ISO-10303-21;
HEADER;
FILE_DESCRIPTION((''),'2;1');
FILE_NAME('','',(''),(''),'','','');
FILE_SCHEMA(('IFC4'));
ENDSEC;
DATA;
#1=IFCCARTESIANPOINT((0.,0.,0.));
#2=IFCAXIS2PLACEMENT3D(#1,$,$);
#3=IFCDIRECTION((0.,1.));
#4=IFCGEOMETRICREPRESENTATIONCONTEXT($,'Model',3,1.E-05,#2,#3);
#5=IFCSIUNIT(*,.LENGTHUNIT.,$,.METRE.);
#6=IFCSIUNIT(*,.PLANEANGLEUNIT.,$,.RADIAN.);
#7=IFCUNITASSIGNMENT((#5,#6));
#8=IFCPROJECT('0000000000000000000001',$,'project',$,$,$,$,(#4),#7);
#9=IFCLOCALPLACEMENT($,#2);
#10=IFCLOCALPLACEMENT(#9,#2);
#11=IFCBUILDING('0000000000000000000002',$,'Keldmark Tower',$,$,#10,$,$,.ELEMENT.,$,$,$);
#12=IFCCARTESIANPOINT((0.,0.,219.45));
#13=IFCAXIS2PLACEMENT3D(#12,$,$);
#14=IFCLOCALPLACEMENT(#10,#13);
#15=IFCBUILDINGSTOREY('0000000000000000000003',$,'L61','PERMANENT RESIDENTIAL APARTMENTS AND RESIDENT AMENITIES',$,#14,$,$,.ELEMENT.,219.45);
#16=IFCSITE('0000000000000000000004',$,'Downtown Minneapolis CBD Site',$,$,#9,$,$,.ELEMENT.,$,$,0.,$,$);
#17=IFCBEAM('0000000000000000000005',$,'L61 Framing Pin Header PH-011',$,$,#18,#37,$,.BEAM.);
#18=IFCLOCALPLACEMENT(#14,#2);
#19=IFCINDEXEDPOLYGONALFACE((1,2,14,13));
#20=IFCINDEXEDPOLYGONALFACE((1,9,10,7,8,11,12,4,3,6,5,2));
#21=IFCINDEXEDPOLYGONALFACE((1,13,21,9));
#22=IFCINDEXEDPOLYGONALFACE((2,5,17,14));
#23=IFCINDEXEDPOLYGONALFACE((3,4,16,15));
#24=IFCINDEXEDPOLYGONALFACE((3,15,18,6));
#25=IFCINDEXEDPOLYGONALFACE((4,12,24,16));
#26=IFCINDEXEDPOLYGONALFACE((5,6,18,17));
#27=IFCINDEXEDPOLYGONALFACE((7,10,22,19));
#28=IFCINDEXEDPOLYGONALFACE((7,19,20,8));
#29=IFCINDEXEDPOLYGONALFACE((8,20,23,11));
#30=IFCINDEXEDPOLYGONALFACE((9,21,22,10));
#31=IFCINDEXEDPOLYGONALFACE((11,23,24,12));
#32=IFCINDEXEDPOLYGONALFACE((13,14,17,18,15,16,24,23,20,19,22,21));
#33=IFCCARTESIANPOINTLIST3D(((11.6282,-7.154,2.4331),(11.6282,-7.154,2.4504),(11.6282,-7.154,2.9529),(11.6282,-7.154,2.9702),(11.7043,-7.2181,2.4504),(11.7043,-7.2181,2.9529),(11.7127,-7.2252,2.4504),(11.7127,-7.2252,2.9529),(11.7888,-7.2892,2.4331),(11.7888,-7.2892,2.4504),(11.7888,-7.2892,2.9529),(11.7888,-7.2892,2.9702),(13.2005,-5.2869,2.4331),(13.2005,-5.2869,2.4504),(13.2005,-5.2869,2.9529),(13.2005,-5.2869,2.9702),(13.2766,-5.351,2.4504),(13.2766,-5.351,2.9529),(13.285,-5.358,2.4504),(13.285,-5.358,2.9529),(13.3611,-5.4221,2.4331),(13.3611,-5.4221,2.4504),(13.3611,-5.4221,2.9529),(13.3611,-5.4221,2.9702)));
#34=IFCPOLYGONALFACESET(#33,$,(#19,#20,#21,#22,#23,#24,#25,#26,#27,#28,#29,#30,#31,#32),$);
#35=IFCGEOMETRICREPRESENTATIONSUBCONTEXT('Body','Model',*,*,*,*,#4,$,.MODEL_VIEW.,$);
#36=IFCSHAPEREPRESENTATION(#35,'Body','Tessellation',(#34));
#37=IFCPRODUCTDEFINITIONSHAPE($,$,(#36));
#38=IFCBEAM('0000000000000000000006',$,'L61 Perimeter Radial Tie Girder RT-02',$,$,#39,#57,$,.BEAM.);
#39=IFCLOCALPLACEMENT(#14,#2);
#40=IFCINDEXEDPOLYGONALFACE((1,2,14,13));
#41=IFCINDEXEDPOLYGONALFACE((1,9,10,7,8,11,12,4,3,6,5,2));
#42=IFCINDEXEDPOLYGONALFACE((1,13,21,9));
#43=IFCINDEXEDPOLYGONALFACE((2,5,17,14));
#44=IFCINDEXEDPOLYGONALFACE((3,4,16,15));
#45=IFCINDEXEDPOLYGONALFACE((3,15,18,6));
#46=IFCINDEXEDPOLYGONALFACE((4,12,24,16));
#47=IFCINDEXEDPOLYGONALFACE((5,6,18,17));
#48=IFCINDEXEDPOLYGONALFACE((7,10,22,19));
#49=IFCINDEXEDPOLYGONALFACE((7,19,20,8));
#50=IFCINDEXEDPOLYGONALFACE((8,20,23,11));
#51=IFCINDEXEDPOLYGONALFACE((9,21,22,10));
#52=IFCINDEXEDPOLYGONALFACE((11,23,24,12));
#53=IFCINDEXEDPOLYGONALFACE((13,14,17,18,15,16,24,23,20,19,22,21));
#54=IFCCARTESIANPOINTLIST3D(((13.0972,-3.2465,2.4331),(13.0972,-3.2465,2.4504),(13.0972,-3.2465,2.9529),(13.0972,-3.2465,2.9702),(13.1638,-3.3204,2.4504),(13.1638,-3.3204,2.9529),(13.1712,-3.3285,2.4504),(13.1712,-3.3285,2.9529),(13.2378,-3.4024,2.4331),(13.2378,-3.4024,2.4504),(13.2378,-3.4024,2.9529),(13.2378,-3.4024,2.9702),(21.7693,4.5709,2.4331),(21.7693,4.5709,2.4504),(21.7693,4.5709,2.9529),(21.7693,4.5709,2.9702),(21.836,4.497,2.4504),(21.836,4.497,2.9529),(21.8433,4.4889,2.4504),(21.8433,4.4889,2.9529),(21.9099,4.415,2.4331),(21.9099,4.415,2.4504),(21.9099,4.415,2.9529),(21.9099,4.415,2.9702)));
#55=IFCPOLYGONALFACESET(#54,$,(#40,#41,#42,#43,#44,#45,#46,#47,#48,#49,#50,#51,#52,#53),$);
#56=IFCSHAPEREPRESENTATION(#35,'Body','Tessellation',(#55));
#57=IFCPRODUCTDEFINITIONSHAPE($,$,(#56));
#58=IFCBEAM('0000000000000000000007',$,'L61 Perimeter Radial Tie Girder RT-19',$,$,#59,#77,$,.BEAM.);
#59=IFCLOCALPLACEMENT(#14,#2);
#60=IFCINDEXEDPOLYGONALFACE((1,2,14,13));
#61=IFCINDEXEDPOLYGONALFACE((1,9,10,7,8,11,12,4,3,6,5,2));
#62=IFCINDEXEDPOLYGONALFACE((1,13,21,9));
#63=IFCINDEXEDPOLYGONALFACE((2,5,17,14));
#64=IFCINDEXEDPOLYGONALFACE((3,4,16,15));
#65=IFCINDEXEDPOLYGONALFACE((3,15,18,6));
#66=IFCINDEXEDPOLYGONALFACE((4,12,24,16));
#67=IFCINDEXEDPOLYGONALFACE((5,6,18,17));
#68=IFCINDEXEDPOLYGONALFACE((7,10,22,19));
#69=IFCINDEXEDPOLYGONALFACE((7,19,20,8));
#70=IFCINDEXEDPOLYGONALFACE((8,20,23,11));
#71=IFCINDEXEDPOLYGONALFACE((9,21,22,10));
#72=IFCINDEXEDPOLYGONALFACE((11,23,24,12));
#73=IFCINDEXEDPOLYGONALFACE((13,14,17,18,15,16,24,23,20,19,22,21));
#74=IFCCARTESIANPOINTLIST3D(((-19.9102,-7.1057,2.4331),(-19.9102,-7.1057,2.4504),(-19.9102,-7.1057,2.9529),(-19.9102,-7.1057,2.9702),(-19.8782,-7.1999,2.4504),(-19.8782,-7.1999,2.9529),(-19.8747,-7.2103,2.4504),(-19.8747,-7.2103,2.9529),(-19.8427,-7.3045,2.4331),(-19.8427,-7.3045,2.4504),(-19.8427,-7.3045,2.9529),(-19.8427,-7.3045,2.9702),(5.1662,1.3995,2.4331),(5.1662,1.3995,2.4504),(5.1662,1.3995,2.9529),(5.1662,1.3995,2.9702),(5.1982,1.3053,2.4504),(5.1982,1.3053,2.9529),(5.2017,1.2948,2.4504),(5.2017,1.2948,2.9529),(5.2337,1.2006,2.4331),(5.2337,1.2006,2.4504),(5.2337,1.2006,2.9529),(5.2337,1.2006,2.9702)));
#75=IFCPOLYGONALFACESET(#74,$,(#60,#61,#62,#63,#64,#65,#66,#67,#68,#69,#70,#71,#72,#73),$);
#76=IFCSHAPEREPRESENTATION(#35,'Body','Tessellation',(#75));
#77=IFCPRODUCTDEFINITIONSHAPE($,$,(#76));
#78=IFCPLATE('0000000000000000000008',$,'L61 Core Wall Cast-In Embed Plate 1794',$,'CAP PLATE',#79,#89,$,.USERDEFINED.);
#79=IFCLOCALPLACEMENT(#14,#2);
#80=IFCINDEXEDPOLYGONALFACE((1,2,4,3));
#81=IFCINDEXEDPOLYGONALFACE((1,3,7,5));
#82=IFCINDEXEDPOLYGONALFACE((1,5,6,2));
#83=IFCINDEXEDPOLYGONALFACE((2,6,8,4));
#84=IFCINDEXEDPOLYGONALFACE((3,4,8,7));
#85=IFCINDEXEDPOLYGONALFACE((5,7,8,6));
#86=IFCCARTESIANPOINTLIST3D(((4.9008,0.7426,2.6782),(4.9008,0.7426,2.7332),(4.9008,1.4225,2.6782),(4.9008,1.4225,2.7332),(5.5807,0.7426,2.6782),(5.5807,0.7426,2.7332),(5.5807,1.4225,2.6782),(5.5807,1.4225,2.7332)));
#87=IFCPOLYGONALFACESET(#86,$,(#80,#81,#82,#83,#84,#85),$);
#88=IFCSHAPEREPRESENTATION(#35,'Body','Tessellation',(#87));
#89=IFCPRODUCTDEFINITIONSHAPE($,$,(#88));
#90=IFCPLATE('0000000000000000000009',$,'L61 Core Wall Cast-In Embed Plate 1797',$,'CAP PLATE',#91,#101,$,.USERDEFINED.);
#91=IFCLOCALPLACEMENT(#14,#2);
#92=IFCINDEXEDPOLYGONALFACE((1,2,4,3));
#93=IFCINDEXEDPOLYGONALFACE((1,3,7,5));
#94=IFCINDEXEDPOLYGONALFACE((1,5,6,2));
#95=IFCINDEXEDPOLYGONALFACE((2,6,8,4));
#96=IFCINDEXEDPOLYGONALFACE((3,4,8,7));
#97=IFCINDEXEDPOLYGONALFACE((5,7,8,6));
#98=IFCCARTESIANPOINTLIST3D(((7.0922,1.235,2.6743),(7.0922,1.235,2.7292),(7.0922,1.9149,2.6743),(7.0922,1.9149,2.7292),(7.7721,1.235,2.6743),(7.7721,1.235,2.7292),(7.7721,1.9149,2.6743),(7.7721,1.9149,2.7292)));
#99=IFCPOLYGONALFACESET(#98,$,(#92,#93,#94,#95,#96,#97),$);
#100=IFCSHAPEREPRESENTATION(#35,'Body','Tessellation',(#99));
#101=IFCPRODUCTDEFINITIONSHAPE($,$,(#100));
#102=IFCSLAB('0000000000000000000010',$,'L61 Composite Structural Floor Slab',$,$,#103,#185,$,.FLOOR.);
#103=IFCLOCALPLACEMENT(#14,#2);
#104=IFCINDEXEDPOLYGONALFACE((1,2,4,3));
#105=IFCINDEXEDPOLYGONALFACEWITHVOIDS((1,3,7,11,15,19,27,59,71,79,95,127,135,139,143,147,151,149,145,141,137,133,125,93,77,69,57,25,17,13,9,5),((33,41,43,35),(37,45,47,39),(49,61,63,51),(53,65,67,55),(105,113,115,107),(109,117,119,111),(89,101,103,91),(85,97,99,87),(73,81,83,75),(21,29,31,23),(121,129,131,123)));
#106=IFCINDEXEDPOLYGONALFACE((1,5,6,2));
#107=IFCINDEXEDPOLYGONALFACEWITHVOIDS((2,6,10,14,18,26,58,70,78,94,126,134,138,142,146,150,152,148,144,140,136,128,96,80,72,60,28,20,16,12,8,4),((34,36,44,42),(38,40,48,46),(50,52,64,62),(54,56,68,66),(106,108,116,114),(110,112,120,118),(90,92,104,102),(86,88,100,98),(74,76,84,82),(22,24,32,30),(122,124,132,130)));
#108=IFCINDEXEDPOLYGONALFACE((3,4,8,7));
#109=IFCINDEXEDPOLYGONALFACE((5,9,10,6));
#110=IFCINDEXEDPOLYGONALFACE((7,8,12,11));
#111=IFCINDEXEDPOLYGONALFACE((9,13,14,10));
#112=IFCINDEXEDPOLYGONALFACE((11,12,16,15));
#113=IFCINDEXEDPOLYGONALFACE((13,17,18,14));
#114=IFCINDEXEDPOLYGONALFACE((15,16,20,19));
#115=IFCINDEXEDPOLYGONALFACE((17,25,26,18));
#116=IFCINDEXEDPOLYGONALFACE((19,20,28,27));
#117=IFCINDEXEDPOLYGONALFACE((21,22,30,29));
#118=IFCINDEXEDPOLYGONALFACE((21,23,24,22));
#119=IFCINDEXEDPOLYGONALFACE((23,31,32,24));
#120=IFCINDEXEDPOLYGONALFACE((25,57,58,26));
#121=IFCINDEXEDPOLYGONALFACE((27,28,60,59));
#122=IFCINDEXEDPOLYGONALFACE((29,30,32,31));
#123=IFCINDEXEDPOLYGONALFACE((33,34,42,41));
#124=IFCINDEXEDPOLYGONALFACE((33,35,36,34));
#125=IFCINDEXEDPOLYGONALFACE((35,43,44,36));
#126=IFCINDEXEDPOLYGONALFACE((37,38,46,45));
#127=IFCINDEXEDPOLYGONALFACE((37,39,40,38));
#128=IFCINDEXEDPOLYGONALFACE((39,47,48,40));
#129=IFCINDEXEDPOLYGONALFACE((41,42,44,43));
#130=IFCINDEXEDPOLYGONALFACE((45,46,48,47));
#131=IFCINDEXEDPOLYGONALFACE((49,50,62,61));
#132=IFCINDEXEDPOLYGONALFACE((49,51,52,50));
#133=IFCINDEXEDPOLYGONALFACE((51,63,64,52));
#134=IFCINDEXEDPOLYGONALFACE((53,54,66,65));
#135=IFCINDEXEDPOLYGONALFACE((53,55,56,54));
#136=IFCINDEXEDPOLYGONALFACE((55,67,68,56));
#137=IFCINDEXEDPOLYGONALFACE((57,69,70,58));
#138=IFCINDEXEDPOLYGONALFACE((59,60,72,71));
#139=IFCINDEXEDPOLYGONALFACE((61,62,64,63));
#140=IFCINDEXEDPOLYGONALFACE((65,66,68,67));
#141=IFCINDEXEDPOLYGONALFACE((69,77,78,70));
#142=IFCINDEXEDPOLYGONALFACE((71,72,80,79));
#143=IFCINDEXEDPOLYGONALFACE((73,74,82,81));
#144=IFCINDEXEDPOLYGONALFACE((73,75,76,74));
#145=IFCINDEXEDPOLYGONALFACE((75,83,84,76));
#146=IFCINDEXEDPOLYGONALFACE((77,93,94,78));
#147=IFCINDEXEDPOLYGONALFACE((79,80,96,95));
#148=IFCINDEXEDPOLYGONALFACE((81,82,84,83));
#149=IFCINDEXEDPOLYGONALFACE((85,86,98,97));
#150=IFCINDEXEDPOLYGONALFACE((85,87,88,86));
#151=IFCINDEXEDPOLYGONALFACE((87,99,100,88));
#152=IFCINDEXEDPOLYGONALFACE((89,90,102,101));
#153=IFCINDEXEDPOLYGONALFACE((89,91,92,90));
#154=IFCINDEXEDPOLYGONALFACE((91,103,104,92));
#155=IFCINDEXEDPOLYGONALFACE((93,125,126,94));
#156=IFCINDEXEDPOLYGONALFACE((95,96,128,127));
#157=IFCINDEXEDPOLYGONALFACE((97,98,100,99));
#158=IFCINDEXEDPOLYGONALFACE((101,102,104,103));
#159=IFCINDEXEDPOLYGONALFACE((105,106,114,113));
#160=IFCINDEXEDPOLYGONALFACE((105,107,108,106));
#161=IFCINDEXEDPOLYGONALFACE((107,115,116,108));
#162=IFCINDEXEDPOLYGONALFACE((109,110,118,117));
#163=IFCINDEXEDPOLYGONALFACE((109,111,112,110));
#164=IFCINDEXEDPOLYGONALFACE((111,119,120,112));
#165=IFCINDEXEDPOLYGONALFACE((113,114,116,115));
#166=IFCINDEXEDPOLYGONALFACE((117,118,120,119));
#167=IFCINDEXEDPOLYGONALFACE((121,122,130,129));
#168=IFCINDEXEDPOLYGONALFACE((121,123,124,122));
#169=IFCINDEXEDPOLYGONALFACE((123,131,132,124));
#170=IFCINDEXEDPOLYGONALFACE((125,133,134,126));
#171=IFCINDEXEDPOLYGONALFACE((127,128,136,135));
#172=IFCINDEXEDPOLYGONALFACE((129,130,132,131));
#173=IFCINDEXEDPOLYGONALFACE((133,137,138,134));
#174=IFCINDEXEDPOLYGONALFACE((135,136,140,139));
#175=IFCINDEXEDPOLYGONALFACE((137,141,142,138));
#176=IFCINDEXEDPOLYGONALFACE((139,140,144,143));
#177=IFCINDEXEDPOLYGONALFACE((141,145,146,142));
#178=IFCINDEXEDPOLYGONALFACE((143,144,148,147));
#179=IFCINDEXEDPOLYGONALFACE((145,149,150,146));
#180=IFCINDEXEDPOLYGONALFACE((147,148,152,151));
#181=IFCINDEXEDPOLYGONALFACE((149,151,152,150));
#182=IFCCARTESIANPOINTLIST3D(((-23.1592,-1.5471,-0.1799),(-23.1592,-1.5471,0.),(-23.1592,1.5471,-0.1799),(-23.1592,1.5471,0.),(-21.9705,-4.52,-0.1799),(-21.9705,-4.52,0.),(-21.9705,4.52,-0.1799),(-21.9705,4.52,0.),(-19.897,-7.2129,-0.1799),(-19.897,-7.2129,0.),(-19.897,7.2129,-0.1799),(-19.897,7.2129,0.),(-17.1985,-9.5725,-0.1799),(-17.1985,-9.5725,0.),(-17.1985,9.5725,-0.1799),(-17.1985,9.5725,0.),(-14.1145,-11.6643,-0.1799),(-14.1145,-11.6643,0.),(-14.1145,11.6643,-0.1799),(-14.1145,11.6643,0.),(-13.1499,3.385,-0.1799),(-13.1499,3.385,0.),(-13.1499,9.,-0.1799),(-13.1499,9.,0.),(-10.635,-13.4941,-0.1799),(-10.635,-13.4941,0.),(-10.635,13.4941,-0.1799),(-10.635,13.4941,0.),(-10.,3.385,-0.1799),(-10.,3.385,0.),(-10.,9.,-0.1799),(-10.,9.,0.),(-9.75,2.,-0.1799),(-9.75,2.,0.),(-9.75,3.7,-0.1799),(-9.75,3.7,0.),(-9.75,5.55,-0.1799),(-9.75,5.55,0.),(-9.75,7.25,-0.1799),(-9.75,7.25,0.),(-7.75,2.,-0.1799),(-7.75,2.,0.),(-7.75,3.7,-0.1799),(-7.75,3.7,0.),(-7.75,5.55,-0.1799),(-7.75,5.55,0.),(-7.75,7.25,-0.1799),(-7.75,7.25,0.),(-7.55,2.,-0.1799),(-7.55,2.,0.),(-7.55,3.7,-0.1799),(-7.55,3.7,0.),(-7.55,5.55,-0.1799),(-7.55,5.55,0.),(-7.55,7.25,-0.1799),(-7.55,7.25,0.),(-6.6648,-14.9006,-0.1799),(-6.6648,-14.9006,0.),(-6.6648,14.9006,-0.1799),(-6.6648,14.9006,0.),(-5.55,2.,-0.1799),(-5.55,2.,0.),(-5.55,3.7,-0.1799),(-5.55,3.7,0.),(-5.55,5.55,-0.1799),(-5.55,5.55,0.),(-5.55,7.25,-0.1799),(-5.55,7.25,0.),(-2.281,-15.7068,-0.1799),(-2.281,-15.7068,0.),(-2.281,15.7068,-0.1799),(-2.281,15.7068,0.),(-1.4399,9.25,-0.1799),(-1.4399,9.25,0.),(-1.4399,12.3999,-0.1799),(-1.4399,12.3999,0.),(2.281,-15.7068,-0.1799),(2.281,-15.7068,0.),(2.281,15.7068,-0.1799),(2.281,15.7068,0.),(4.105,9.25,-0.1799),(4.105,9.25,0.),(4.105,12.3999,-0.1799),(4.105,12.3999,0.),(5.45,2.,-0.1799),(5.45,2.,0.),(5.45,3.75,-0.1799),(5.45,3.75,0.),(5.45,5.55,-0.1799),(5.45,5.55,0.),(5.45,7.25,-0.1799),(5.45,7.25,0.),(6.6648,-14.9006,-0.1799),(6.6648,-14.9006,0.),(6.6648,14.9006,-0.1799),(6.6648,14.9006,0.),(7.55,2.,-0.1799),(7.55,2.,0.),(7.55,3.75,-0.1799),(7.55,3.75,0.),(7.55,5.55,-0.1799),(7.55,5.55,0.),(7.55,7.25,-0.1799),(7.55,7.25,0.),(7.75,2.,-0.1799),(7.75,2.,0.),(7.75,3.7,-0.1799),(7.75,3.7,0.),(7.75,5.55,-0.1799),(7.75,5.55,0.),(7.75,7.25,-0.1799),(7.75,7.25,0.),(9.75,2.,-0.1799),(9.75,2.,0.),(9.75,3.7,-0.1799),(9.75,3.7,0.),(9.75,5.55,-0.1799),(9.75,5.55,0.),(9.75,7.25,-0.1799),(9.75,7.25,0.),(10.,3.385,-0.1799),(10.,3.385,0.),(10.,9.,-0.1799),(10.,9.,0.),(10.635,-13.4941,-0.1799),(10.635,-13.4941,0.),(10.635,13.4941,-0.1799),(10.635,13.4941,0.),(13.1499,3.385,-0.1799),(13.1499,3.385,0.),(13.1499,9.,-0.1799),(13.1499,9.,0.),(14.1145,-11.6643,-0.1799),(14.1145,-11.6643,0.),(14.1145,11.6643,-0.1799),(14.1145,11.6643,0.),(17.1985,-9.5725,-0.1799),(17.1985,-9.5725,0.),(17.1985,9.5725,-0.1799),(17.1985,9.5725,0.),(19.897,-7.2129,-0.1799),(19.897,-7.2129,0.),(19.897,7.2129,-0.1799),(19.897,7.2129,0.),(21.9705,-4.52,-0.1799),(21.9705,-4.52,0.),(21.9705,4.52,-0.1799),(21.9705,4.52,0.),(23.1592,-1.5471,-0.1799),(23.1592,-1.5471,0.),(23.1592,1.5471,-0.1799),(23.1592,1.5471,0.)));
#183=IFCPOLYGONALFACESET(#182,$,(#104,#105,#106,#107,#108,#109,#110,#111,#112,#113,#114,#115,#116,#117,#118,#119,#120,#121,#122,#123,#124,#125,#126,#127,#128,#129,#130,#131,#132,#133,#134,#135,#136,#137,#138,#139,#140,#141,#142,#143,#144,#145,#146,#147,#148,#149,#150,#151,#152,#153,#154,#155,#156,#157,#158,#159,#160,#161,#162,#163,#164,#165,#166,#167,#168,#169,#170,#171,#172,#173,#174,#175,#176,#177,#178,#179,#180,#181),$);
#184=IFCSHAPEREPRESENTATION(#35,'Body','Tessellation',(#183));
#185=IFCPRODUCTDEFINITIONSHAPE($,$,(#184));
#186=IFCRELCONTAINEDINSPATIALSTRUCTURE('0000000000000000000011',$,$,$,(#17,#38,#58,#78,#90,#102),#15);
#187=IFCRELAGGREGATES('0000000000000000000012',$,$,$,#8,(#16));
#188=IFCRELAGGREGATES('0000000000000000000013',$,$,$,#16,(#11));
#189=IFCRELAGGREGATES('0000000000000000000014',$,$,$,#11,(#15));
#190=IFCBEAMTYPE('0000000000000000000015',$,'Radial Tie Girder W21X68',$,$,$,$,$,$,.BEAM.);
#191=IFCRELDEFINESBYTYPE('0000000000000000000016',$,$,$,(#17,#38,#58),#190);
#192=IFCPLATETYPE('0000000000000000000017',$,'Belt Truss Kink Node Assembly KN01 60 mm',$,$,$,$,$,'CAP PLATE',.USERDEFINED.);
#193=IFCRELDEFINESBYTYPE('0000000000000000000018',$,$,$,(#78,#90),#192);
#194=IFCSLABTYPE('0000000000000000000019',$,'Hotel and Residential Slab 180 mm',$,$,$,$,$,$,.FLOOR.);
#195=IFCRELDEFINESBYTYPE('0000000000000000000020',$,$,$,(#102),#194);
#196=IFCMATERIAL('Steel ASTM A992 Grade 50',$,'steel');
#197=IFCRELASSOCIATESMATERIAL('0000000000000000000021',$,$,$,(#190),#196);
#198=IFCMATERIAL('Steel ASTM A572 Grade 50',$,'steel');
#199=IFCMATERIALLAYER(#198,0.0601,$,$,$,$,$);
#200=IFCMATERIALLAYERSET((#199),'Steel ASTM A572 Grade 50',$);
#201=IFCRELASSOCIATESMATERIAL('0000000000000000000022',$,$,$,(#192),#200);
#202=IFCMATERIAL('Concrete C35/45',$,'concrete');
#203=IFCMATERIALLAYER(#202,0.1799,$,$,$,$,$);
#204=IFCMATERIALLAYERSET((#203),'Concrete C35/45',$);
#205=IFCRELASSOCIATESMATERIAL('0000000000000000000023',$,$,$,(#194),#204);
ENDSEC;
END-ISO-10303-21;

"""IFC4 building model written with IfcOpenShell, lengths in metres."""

from ifc_helpers import new_model, si_unit, direction, frame, origin, origin_2d, place, context, subcontext, project, spatial, polyline, rectangle, i_section, outline, extrude, material, layer, layer_set, material_profile, profile_set, type_object, element, save


model = new_model("IFC4")

# Units and contexts
model_context = context("Model", 3, precision=1e-05, world=origin(), true_north=direction((0.0, 1.0)))
body_context = subcontext(model_context, "Body", "Model", "MODEL_VIEW")
ifc_project = project(units=[si_unit("LENGTHUNIT", "METRE"), si_unit("PLANEANGLEUNIT", "RADIAN")], contexts=[model_context])

# Site, building, storey
site_placement = place(None, origin())
site = spatial("IfcSite", under=ifc_project, at=site_placement, Name="Downtown Minneapolis CBD Site", CompositionType="ELEMENT", RefElevation=0.0)
building_placement = place(site_placement, origin())
building = spatial("IfcBuilding", under=site, at=building_placement, Name="Keldmark Tower", CompositionType="ELEMENT")
storey_placement = place(building_placement, frame((0.0, 0.0, 219.45)))
storey = spatial("IfcBuildingStorey", under=building, at=storey_placement, Name="L61", Description="PERMANENT RESIDENTIAL APARTMENTS AND RESIDENT AMENITIES", CompositionType="ELEMENT", Elevation=219.45)

# Beams
ifc_material_1 = material(Name="Steel ASTM A992 Grade 50", Category="steel")
ifc_material_profile_1 = material_profile(ifc_material_1, i_section(OverallWidth=0.21, OverallDepth=0.5371, WebThickness=0.011, FlangeThickness=0.0173, at=origin_2d()), Name="W21X68")
ifc_profile_set_1 = profile_set([ifc_material_profile_1], Name="Steel ASTM A992 Grade 50")
beam_type_1 = type_object("IfcBeamType", Name="Radial Tie Girder W21X68", PredefinedType="BEAM", material=ifc_profile_set_1)
beam_1_placement = place(storey_placement, frame((13.2808, -5.3545, 2.7017), z_axis=(-0.644111, -0.764932, 0.0), x_axis=(0.764932, -0.644111, 0.0)))
element("IfcBeam", 1, at=beam_1_placement, inside=storey, type_object=beam_type_1, Name="L61 Framing Pin Header PH-011", PredefinedType="BEAM", context=body_context, shape_type="SweptSolid", body=[
    extrude(i_section(OverallWidth=0.21, OverallDepth=0.5371, WebThickness=0.011, FlangeThickness=0.0173, at=origin_2d()), origin(), (0.0, 0.0, 1.0), 2.4409),
])
beam_2_placement = place(storey_placement, frame((13.1675, -3.3245, 2.7017), z_axis=(0.742763, 0.669555, 0.0), x_axis=(-0.669555, 0.742763, 0.0)))
element("IfcBeam", 2, at=beam_2_placement, inside=storey, type_object=beam_type_1, Name="L61 Perimeter Radial Tie Girder RT-02", PredefinedType="BEAM", context=body_context, shape_type="SweptSolid", body=[
    extrude(i_section(OverallWidth=0.21, OverallDepth=0.5371, WebThickness=0.011, FlangeThickness=0.0173, at=origin_2d()), origin(), (0.0, 0.0, 1.0), 11.6755),
])
beam_3_placement = place(storey_placement, frame((5.2, 1.3, 2.7017), z_axis=(-0.947013, -0.321197, 0.0), x_axis=(0.321197, -0.947013, 0.0)))
element("IfcBeam", 3, at=beam_3_placement, inside=storey, type_object=beam_type_1, Name="L61 Perimeter Radial Tie Girder RT-19", PredefinedType="BEAM", context=body_context, shape_type="SweptSolid", body=[
    extrude(i_section(OverallWidth=0.21, OverallDepth=0.5371, WebThickness=0.011, FlangeThickness=0.0173, at=origin_2d()), origin(), (0.0, 0.0, 1.0), 26.4795),
])

# Plates
ifc_material_2 = material(Name="Steel ASTM A572 Grade 50", Category="steel")
ifc_layer_1 = layer(ifc_material_2, 0.0601)
ifc_layer_set_1 = layer_set([ifc_layer_1], Name="Steel ASTM A572 Grade 50")
plate_type = type_object("IfcPlateType", Name="Belt Truss Kink Node Assembly KN01 60 mm", ElementType="CAP PLATE", PredefinedType="USERDEFINED", material=ifc_layer_set_1)
for number, where, z_axis, x_axis, name in (
    (4, (5.2407, 1.0825, 2.6782), (0.0, 0.0, 1.0), (1.0, 0.0, 0.0), "L61 Core Wall Cast-In Embed Plate 1794"),
    (5, (7.4321, 1.575, 2.6743), (0.0, 0.0, 1.0), (1.0, 0.0, 0.0), "L61 Core Wall Cast-In Embed Plate 1797"),
):
    element("IfcPlate", number, at=place(storey_placement, frame(where, z_axis=z_axis, x_axis=x_axis)), inside=storey, type_object=plate_type, Name=name, ObjectType="CAP PLATE", PredefinedType="USERDEFINED", context=body_context, shape_type="SweptSolid", body=[
        extrude(rectangle(XDim=0.6799, YDim=0.6799, at=origin_2d()), origin(), (0.0, 0.0, 1.0), 0.0549),
    ])

# Slab
ifc_material_3 = material(Name="Concrete C35/45", Category="concrete")
ifc_layer_2 = layer(ifc_material_3, 0.1799)
ifc_layer_set_2 = layer_set([ifc_layer_2], Name="Concrete C35/45")
slab_type_1 = type_object("IfcSlabType", Name="Hotel and Residential Slab 180 mm", PredefinedType="FLOOR", material=ifc_layer_set_2)
slab_1_placement = place(storey_placement, frame((0.0, 0.0, -0.1799)))
element("IfcSlab", 6, at=slab_1_placement, inside=storey, type_object=slab_type_1, Name="L61 Composite Structural Floor Slab", PredefinedType="FLOOR", context=body_context, shape_type="SweptSolid", body=[
    extrude(outline(polyline([(23.1592, 1.5471), (21.9705, 4.52), (19.897, 7.2129), (17.1985, 9.5725), (14.1145, 11.6643), (10.635, 13.4941), (6.6648, 14.9006), (2.281, 15.7068), (-2.281, 15.7068), (-6.6648, 14.9006), (-10.635, 13.4941), (-14.1145, 11.6643), (-17.1985, 9.5725), (-19.897, 7.2129), (-21.9705, 4.52), (-23.1592, 1.5471), (-23.1592, -1.5471), (-21.9705, -4.52), (-19.897, -7.2129), (-17.1985, -9.5725), (-14.1145, -11.6643), (-10.635, -13.4941), (-6.6648, -14.9006), (-2.281, -15.7068), (2.281, -15.7068), (6.6648, -14.9006), (10.635, -13.4941), (14.1145, -11.6643), (17.1985, -9.5725), (19.897, -7.2129), (21.9705, -4.52), (23.1592, -1.5471), (23.1592, 1.5471)]), holes=[polyline([(-10.0, 3.385), (-10.0, 9.0), (-13.1499, 9.0), (-13.1499, 3.385), (-10.0, 3.385)]), polyline([(13.1499, 3.385), (13.1499, 9.0), (10.0, 9.0), (10.0, 3.385), (13.1499, 3.385)]), polyline([(-1.4399, 9.25), (4.105, 9.25), (4.105, 12.3999), (-1.4399, 12.3999), (-1.4399, 9.25)]), polyline([(-9.75, 2.0), (-7.75, 2.0), (-7.75, 3.7), (-9.75, 3.7), (-9.75, 2.0)]), polyline([(7.75, 2.0), (9.75, 2.0), (9.75, 3.7), (7.75, 3.7), (7.75, 2.0)]), polyline([(5.45, 2.0), (7.55, 2.0), (7.55, 3.75), (5.45, 3.75), (5.45, 2.0)]), polyline([(-9.75, 5.55), (-7.75, 5.55), (-7.75, 7.25), (-9.75, 7.25), (-9.75, 5.55)]), polyline([(-7.55, 5.55), (-5.55, 5.55), (-5.55, 7.25), (-7.55, 7.25), (-7.55, 5.55)]), polyline([(-7.55, 2.0), (-5.55, 2.0), (-5.55, 3.7), (-7.55, 3.7), (-7.55, 2.0)]), polyline([(5.45, 5.55), (7.55, 5.55), (7.55, 7.25), (5.45, 7.25), (5.45, 5.55)]), polyline([(7.75, 5.55), (9.75, 5.55), (9.75, 7.25), (7.75, 7.25), (7.75, 5.55)])]), origin(), (0.0, 0.0, 1.0), 0.1799),
])

save(model, "model.ifc")
